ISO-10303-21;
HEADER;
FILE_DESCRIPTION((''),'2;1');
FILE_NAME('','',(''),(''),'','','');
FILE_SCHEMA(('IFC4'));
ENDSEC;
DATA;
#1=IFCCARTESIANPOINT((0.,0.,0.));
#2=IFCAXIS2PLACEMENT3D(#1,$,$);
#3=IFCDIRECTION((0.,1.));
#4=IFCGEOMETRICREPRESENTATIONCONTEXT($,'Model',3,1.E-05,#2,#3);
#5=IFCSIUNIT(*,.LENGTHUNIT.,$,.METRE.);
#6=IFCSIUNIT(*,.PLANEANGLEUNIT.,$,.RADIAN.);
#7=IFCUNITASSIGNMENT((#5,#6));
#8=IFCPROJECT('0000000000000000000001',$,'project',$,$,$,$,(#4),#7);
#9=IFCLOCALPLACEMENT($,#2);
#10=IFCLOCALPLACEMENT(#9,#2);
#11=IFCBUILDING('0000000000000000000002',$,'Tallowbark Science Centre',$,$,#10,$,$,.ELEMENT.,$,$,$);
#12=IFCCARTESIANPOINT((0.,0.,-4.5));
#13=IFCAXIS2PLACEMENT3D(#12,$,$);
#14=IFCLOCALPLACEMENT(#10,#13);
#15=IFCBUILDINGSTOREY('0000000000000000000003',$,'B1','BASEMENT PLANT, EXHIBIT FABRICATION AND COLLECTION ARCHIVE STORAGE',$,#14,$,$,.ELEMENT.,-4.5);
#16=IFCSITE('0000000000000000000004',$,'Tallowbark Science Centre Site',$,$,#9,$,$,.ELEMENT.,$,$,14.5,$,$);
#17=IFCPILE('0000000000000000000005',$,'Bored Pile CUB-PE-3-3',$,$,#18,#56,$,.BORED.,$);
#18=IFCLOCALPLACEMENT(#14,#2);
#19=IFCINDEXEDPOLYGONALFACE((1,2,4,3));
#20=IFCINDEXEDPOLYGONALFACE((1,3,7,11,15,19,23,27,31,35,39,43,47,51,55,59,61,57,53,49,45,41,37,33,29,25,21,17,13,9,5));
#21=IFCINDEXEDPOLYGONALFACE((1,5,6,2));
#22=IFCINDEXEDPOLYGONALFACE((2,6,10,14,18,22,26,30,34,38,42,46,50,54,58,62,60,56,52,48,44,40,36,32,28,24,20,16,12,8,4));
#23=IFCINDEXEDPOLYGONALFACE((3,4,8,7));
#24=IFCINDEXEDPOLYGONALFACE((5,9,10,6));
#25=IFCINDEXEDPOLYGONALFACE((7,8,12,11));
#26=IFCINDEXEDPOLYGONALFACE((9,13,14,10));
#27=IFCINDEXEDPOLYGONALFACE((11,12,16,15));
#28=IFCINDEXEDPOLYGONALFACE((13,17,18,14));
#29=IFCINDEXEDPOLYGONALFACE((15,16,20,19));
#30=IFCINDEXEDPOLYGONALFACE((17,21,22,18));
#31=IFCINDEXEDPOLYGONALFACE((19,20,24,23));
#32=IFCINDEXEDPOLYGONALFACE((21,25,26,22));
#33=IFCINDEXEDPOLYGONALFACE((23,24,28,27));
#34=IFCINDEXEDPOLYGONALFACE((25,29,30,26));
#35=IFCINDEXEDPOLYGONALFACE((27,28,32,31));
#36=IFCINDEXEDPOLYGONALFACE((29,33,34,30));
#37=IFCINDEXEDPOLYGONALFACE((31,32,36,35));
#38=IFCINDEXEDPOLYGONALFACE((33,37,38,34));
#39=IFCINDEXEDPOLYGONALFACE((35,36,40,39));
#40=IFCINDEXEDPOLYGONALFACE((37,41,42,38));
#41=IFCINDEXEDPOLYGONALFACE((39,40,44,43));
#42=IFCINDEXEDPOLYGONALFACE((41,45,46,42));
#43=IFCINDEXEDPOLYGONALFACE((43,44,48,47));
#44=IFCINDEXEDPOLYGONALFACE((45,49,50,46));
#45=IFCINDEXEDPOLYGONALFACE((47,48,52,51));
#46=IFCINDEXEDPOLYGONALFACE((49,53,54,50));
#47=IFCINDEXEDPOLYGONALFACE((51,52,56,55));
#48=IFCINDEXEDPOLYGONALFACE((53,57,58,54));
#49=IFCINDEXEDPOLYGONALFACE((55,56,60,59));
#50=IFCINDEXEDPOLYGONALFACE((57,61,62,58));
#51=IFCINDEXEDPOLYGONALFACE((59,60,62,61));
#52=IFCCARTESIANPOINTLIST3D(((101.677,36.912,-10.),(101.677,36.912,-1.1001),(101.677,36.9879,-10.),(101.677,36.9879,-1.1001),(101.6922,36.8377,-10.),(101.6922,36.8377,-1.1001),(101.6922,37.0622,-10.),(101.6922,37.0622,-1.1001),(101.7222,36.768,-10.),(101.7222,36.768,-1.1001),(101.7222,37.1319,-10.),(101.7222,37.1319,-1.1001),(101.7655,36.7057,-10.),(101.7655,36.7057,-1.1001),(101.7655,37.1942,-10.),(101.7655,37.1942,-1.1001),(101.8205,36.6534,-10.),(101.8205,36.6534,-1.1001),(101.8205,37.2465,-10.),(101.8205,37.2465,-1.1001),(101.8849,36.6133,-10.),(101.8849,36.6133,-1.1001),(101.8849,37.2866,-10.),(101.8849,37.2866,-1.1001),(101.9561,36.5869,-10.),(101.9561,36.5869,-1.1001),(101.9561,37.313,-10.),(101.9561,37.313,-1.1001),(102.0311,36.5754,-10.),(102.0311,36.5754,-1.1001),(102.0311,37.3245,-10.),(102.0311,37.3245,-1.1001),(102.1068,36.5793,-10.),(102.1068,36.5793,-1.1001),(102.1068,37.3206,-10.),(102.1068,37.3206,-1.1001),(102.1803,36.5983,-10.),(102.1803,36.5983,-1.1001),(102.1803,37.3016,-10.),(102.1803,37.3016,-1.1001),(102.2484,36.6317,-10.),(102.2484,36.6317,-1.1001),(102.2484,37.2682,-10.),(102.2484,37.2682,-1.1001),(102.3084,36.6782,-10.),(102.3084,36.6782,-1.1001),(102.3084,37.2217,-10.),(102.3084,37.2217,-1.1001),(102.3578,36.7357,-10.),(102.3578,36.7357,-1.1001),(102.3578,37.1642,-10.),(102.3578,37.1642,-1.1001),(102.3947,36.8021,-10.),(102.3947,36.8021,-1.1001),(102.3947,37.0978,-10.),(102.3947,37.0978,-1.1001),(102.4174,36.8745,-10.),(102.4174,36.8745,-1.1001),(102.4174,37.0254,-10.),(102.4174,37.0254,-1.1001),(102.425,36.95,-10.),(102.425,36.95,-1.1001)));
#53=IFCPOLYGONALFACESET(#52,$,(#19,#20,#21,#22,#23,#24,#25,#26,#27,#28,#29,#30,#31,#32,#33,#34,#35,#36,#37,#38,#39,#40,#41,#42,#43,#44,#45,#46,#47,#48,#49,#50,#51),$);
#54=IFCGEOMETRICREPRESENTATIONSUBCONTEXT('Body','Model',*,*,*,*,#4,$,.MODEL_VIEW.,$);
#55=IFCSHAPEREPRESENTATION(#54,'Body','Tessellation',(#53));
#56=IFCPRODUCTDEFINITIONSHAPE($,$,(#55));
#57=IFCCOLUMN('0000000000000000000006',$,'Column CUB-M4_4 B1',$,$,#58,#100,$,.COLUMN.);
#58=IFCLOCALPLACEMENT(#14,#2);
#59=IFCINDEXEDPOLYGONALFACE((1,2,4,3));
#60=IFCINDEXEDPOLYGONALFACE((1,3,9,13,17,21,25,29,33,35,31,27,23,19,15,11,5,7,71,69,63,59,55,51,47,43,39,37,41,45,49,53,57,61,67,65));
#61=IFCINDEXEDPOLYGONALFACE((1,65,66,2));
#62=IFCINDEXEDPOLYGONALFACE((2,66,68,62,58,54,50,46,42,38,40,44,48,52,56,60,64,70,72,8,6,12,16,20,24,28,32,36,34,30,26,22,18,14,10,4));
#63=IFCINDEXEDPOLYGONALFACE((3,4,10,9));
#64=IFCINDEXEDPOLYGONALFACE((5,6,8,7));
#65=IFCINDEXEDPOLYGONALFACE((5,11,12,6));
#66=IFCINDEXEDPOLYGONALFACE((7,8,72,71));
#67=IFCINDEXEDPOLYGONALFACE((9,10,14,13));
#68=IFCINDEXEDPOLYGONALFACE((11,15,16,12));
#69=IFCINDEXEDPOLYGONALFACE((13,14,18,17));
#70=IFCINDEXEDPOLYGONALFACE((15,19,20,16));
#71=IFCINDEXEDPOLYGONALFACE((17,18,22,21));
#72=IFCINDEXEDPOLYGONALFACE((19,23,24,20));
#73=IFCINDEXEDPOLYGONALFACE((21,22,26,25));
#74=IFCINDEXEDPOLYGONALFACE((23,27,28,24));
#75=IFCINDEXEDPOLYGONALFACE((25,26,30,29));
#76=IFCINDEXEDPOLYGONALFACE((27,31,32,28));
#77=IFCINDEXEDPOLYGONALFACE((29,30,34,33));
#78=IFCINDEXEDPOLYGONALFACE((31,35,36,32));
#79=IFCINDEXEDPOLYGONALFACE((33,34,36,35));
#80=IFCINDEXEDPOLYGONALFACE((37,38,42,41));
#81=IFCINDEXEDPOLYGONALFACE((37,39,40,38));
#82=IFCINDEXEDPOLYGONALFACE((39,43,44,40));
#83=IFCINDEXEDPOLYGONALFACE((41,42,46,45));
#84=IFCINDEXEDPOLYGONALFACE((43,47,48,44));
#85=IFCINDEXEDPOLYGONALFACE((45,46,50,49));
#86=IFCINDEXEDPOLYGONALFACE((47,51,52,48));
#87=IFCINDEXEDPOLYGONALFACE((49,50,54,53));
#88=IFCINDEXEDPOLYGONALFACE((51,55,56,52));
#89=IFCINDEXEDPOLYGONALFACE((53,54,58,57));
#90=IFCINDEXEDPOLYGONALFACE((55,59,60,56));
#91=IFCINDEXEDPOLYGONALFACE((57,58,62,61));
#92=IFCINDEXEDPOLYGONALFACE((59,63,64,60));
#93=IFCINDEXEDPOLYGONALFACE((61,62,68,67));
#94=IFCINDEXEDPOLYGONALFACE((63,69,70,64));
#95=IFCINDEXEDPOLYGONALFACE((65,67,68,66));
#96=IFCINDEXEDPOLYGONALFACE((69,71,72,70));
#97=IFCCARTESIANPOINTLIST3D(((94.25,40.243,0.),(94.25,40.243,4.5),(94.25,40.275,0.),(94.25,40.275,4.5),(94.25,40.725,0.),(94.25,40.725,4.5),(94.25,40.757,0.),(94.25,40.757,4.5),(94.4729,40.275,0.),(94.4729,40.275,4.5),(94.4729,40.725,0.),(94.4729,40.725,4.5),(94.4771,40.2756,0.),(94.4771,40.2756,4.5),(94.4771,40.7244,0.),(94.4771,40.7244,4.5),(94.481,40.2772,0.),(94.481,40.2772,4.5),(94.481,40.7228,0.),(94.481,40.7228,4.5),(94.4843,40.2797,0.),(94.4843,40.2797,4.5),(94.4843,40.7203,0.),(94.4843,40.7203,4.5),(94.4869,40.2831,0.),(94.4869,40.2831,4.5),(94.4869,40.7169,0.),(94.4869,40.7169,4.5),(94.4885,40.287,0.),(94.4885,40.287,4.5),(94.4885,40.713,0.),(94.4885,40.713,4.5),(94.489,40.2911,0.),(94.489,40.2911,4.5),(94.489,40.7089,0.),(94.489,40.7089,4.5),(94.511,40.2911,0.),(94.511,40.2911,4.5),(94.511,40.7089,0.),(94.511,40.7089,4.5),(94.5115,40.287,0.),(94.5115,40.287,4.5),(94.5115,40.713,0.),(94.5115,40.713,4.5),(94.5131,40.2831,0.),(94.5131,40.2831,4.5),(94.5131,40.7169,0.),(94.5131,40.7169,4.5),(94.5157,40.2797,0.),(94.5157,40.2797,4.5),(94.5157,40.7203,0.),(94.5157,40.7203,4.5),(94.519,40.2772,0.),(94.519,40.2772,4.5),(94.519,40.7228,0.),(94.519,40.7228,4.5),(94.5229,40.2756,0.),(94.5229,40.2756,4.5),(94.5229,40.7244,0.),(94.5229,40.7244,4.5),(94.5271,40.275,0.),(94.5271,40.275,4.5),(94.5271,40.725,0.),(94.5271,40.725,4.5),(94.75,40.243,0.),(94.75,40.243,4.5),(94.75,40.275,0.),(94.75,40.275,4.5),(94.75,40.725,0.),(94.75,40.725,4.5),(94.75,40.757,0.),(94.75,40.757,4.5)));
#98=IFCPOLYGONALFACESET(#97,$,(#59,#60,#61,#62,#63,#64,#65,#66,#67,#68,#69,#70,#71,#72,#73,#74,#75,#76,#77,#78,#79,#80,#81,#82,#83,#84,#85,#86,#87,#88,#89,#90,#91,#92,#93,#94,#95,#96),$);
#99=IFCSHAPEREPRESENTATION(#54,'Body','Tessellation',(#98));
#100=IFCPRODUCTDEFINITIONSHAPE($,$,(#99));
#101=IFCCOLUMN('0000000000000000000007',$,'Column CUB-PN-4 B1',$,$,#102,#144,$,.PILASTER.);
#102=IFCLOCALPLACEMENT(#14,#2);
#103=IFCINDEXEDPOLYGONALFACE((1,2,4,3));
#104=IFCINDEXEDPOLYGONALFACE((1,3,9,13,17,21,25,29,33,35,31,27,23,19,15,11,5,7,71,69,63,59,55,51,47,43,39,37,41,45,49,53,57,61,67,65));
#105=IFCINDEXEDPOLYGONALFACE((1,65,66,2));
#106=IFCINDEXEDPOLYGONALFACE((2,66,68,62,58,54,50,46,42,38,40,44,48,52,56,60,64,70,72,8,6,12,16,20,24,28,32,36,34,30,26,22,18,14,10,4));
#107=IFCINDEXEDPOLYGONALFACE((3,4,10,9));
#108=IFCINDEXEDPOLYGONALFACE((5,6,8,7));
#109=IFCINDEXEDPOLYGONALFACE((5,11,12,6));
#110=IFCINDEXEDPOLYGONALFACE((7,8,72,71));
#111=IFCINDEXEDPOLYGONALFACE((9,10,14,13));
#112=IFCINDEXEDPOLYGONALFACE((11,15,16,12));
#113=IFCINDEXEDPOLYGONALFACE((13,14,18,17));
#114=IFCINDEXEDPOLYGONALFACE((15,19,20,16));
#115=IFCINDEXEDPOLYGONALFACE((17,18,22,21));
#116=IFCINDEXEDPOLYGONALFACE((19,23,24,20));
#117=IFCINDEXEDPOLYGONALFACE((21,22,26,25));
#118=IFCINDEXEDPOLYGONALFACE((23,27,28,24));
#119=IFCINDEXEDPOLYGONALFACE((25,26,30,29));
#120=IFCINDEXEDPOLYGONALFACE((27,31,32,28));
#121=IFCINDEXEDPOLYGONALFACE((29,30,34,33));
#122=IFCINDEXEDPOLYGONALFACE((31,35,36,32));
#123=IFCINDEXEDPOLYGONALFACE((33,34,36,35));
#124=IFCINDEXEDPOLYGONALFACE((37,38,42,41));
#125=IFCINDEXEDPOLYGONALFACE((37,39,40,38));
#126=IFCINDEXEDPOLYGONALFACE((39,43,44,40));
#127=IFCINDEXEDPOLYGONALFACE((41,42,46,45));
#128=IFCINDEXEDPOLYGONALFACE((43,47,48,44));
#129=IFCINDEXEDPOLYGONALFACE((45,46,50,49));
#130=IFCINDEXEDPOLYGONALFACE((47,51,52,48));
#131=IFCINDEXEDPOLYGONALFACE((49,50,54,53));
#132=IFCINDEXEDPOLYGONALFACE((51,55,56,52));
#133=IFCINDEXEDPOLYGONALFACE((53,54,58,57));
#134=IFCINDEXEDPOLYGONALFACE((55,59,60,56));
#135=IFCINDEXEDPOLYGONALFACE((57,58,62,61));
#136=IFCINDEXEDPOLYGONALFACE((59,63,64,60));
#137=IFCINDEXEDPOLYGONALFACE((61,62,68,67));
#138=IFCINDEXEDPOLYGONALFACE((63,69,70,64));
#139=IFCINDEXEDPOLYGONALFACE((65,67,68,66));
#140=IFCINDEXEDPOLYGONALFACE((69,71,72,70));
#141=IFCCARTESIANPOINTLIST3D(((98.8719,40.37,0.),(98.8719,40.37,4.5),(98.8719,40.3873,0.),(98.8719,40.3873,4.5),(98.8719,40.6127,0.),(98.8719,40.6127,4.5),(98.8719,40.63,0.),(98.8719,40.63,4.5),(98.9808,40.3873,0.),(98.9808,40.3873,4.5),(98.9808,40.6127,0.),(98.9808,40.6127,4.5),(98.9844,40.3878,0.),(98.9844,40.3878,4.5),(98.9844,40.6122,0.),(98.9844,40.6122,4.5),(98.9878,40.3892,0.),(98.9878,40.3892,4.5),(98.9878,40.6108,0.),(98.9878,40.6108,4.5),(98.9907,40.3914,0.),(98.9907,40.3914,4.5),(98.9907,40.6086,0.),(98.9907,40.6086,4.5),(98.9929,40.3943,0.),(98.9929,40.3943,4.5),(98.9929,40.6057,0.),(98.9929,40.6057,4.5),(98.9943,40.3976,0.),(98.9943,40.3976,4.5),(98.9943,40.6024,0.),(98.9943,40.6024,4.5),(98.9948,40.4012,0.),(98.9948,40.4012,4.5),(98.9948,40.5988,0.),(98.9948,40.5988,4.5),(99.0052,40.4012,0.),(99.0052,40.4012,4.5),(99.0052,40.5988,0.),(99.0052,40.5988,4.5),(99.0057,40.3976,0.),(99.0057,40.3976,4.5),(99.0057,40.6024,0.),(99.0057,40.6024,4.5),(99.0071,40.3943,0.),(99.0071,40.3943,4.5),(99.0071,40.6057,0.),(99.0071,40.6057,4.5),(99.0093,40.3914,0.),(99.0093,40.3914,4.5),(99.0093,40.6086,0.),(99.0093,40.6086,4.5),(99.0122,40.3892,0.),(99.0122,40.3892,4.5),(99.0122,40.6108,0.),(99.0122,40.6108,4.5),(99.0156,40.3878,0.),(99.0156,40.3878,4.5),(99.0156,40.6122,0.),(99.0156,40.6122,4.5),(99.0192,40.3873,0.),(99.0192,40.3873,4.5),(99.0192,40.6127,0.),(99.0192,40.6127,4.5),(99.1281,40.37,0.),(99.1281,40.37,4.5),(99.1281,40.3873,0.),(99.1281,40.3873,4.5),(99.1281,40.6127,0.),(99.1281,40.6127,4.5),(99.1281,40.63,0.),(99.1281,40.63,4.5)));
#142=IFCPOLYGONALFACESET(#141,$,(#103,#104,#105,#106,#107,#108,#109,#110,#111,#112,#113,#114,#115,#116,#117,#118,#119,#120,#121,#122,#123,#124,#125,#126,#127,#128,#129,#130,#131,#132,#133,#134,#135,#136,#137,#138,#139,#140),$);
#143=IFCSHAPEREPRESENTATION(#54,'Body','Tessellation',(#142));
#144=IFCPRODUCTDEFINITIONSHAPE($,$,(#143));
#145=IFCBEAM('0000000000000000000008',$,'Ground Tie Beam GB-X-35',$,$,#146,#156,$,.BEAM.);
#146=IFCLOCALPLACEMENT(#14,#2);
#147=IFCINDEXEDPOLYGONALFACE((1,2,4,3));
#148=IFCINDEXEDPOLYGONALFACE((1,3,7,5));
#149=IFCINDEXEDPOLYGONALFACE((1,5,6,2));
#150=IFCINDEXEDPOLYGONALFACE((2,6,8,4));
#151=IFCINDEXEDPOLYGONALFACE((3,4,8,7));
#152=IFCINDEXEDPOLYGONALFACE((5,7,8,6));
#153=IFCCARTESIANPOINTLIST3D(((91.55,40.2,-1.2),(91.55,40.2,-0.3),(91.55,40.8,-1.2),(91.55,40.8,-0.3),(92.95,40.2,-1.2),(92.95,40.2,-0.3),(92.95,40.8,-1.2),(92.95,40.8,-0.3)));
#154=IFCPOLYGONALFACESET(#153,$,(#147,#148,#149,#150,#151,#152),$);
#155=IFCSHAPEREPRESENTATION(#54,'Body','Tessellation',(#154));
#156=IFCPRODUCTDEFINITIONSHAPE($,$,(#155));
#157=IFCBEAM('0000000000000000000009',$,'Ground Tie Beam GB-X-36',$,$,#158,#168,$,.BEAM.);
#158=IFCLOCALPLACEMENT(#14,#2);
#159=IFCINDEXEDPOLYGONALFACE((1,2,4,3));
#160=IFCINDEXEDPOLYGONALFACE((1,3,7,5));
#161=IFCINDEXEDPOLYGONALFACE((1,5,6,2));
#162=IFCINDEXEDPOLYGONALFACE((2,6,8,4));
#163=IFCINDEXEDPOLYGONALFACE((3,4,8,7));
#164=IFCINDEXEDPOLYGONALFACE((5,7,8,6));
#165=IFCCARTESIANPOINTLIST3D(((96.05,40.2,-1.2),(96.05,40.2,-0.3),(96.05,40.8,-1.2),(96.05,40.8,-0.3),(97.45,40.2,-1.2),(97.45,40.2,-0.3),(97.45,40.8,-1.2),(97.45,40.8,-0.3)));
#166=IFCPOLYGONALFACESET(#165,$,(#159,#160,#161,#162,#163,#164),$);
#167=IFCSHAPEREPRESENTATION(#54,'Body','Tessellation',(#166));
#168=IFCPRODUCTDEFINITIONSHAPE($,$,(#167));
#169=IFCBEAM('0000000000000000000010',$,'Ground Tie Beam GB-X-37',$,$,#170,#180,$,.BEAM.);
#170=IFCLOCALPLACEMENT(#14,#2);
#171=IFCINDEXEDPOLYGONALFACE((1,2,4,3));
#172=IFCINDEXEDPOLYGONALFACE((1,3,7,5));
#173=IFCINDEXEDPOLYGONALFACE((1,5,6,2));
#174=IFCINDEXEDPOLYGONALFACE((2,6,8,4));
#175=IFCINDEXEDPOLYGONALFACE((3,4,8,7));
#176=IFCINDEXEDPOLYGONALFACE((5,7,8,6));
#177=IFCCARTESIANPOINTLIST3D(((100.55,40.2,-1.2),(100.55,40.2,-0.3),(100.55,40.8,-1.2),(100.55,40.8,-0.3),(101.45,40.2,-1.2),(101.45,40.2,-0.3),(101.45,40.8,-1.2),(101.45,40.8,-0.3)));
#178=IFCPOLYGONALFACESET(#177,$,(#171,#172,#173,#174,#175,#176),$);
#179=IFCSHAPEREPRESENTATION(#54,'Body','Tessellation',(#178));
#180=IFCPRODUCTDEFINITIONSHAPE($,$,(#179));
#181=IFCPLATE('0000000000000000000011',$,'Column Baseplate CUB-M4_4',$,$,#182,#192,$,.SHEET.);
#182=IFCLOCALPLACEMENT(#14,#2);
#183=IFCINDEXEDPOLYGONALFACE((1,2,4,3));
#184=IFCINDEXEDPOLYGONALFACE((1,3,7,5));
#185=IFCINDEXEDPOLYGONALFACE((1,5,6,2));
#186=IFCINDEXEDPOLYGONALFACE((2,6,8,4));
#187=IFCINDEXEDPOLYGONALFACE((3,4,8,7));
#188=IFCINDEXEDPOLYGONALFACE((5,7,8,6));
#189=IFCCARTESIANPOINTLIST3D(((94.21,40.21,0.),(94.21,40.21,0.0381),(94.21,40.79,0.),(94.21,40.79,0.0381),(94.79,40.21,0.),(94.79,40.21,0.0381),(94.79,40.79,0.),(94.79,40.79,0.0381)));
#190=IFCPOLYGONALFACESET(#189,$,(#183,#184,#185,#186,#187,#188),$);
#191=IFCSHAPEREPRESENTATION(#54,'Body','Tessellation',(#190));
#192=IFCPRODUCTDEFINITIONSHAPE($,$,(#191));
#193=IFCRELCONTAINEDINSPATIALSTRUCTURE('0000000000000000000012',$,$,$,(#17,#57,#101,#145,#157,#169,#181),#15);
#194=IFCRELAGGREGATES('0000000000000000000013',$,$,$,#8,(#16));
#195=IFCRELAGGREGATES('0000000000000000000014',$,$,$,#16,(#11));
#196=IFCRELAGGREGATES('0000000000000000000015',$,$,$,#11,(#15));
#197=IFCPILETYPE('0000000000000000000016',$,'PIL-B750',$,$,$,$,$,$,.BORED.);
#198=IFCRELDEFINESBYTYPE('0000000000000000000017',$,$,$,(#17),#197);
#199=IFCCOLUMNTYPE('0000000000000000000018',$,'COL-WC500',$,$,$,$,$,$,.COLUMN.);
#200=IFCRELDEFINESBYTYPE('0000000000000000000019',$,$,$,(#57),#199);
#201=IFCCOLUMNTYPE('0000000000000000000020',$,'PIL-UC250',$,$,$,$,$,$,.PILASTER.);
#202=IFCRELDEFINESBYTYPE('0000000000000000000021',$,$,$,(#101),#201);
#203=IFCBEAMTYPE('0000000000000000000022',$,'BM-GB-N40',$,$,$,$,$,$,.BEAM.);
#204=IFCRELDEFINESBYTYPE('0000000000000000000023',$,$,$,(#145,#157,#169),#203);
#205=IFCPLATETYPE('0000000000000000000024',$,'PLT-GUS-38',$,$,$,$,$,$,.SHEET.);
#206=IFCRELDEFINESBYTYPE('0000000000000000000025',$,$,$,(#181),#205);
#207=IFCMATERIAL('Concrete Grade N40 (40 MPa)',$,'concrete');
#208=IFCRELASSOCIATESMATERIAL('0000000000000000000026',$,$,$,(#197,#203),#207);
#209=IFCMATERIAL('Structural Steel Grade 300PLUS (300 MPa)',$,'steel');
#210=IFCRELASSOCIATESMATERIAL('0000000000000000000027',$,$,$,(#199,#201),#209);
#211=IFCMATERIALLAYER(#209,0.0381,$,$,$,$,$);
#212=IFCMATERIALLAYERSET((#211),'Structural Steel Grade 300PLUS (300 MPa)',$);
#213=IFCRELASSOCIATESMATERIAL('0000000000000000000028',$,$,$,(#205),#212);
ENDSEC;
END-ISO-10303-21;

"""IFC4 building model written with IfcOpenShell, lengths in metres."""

from ifc_helpers import new_model, si_unit, direction, frame, origin, origin_2d, place, context, subcontext, project, spatial, rectangle, circle, i_section, extrude, material, layer, layer_set, material_profile, profile_set, type_object, element, save


model = new_model("IFC4")

# Units and contexts
model_context = context("Model", 3, precision=1e-05, world=origin(), true_north=direction((0.0, 1.0)))
body_context = subcontext(model_context, "Body", "Model", "MODEL_VIEW")
ifc_project = project(units=[si_unit("LENGTHUNIT", "METRE"), si_unit("PLANEANGLEUNIT", "RADIAN")], contexts=[model_context])

# Site, building, storey
site_placement = place(None, origin())
site = spatial("IfcSite", under=ifc_project, at=site_placement, Name="Tallowbark Science Centre Site", CompositionType="ELEMENT", RefElevation=14.5)
building_placement = place(site_placement, origin())
building = spatial("IfcBuilding", under=site, at=building_placement, Name="Tallowbark Science Centre", CompositionType="ELEMENT")
storey_placement = place(building_placement, frame((0.0, 0.0, -4.5)))
storey = spatial("IfcBuildingStorey", under=building, at=storey_placement, Name="B1", Description="BASEMENT PLANT, EXHIBIT FABRICATION AND COLLECTION ARCHIVE STORAGE", CompositionType="ELEMENT", Elevation=-4.5)

# Shared definitions
ifc_material_1 = material(Name="Concrete Grade N40 (40 MPa)", Category="concrete")

# Pile
ifc_material_profile_1 = material_profile(ifc_material_1, circle(Radius=0.375, at=origin_2d()), Name="PILE750")
ifc_profile_set_1 = profile_set([ifc_material_profile_1], Name="Concrete Grade N40 (40 MPa)")
pile_type_1 = type_object("IfcPileType", Name="PIL-B750", PredefinedType="BORED", material=ifc_profile_set_1)
for number, where, z_axis, x_axis, name in (
    (1, (102.05, 36.95, -1.1001), (0.0, 0.0, -1.0), (1.0, 0.0, 0.0), "Bored Pile CUB-PE-3-3"),
):
    element("IfcPile", number, at=place(storey_placement, frame(where, z_axis=z_axis, x_axis=x_axis)), inside=storey, type_object=pile_type_1, Name=name, PredefinedType="BORED", context=body_context, shape_type="SweptSolid", body=[
        extrude(circle(Radius=0.375, at=origin_2d()), origin(), (0.0, 0.0, 1.0), 8.8999),
    ])

# Columns
ifc_material_2 = material(Name="Structural Steel Grade 300PLUS (300 MPa)", Category="steel")
ifc_material_profile_2 = material_profile(ifc_material_2, i_section(OverallWidth=0.5, OverallDepth=0.5139, WebThickness=0.022, FlangeThickness=0.032, FilletRadius=0.0161, at=origin_2d()), Name="500WC340")
ifc_profile_set_2 = profile_set([ifc_material_profile_2], Name="Structural Steel Grade 300PLUS (300 MPa)")
column_type_1 = type_object("IfcColumnType", Name="COL-WC500", PredefinedType="COLUMN", material=ifc_profile_set_2)
column_1_placement = place(storey_placement, frame((94.5, 40.5, 0.0), z_axis=(0.0, 0.0, 1.0), x_axis=(1.0, 0.0, 0.0)))
element("IfcColumn", 2, at=column_1_placement, inside=storey, type_object=column_type_1, Name="Column CUB-M4_4 B1", PredefinedType="COLUMN", context=body_context, shape_type="SweptSolid", body=[
    extrude(i_section(OverallWidth=0.5, OverallDepth=0.5139, WebThickness=0.022, FlangeThickness=0.032, FilletRadius=0.0161, at=origin_2d()), origin(), (0.0, 0.0, 1.0), 4.5),
])
ifc_material_profile_3 = material_profile(ifc_material_2, i_section(OverallWidth=0.2561, OverallDepth=0.26, WebThickness=0.0105, FlangeThickness=0.0173, FilletRadius=0.0139, at=origin_2d()), Name="250UC89.5")
ifc_profile_set_3 = profile_set([ifc_material_profile_3], Name="Structural Steel Grade 300PLUS (300 MPa)")
column_type_2 = type_object("IfcColumnType", Name="PIL-UC250", PredefinedType="PILASTER", material=ifc_profile_set_3)
column_2_placement = place(storey_placement, frame((99.0, 40.5, 0.0), z_axis=(0.0, 0.0, 1.0), x_axis=(1.0, 0.0, 0.0)))
element("IfcColumn", 3, at=column_2_placement, inside=storey, type_object=column_type_2, Name="Column CUB-PN-4 B1", PredefinedType="PILASTER", context=body_context, shape_type="SweptSolid", body=[
    extrude(i_section(OverallWidth=0.2561, OverallDepth=0.26, WebThickness=0.0105, FlangeThickness=0.0173, FilletRadius=0.0139, at=origin_2d()), origin(), (0.0, 0.0, 1.0), 4.5),
])

# Beams
ifc_material_profile_4 = material_profile(ifc_material_1, rectangle(XDim=0.6001, YDim=0.8999, at=origin_2d()), Name="RC600x900")
ifc_profile_set_4 = profile_set([ifc_material_profile_4], Name="Concrete Grade N40 (40 MPa)")
beam_type = type_object("IfcBeamType", Name="BM-GB-N40", PredefinedType="BEAM", material=ifc_profile_set_4)
for number, where, z_axis, x_axis, name in (
    (4, (91.55, 40.5, -0.75), (1.0, 0.0, 0.0), (0.0, 1.0, 0.0), "Ground Tie Beam GB-X-35"),
    (5, (96.05, 40.5, -0.75), (1.0, 0.0, 0.0), (0.0, 1.0, 0.0), "Ground Tie Beam GB-X-36"),
):
    element("IfcBeam", number, at=place(storey_placement, frame(where, z_axis=z_axis, x_axis=x_axis)), inside=storey, type_object=beam_type, Name=name, PredefinedType="BEAM", context=body_context, shape_type="SweptSolid", body=[
        extrude(rectangle(XDim=0.6001, YDim=0.8999, at=origin_2d()), origin(), (0.0, 0.0, 1.0), 1.3999),
    ])
beam_placement = place(storey_placement, frame((100.55, 40.5, -0.75), z_axis=(1.0, 0.0, 0.0), x_axis=(0.0, 1.0, 0.0)))
element("IfcBeam", 6, at=beam_placement, inside=storey, type_object=beam_type, Name="Ground Tie Beam GB-X-37", PredefinedType="BEAM", context=body_context, shape_type="SweptSolid", body=[
    extrude(rectangle(XDim=0.6001, YDim=0.8999, at=origin_2d()), origin(), (0.0, 0.0, 1.0), 0.8999),
])

# Plate
ifc_layer_1 = layer(ifc_material_2, 0.0381)
ifc_layer_set_1 = layer_set([ifc_layer_1], Name="Structural Steel Grade 300PLUS (300 MPa)")
plate_type = type_object("IfcPlateType", Name="PLT-GUS-38", PredefinedType="SHEET", material=ifc_layer_set_1)
plate_placement = place(storey_placement, frame((94.5, 40.5, 0.0), z_axis=(0.0, 0.0, 1.0), x_axis=(1.0, 0.0, 0.0)))
element("IfcPlate", 7, at=plate_placement, inside=storey, type_object=plate_type, Name="Column Baseplate CUB-M4_4", PredefinedType="SHEET", context=body_context, shape_type="SweptSolid", body=[
    extrude(rectangle(XDim=0.5801, YDim=0.5801, at=origin_2d()), origin(), (0.0, 0.0, 1.0), 0.0381),
])

save(model, "model.ifc")
